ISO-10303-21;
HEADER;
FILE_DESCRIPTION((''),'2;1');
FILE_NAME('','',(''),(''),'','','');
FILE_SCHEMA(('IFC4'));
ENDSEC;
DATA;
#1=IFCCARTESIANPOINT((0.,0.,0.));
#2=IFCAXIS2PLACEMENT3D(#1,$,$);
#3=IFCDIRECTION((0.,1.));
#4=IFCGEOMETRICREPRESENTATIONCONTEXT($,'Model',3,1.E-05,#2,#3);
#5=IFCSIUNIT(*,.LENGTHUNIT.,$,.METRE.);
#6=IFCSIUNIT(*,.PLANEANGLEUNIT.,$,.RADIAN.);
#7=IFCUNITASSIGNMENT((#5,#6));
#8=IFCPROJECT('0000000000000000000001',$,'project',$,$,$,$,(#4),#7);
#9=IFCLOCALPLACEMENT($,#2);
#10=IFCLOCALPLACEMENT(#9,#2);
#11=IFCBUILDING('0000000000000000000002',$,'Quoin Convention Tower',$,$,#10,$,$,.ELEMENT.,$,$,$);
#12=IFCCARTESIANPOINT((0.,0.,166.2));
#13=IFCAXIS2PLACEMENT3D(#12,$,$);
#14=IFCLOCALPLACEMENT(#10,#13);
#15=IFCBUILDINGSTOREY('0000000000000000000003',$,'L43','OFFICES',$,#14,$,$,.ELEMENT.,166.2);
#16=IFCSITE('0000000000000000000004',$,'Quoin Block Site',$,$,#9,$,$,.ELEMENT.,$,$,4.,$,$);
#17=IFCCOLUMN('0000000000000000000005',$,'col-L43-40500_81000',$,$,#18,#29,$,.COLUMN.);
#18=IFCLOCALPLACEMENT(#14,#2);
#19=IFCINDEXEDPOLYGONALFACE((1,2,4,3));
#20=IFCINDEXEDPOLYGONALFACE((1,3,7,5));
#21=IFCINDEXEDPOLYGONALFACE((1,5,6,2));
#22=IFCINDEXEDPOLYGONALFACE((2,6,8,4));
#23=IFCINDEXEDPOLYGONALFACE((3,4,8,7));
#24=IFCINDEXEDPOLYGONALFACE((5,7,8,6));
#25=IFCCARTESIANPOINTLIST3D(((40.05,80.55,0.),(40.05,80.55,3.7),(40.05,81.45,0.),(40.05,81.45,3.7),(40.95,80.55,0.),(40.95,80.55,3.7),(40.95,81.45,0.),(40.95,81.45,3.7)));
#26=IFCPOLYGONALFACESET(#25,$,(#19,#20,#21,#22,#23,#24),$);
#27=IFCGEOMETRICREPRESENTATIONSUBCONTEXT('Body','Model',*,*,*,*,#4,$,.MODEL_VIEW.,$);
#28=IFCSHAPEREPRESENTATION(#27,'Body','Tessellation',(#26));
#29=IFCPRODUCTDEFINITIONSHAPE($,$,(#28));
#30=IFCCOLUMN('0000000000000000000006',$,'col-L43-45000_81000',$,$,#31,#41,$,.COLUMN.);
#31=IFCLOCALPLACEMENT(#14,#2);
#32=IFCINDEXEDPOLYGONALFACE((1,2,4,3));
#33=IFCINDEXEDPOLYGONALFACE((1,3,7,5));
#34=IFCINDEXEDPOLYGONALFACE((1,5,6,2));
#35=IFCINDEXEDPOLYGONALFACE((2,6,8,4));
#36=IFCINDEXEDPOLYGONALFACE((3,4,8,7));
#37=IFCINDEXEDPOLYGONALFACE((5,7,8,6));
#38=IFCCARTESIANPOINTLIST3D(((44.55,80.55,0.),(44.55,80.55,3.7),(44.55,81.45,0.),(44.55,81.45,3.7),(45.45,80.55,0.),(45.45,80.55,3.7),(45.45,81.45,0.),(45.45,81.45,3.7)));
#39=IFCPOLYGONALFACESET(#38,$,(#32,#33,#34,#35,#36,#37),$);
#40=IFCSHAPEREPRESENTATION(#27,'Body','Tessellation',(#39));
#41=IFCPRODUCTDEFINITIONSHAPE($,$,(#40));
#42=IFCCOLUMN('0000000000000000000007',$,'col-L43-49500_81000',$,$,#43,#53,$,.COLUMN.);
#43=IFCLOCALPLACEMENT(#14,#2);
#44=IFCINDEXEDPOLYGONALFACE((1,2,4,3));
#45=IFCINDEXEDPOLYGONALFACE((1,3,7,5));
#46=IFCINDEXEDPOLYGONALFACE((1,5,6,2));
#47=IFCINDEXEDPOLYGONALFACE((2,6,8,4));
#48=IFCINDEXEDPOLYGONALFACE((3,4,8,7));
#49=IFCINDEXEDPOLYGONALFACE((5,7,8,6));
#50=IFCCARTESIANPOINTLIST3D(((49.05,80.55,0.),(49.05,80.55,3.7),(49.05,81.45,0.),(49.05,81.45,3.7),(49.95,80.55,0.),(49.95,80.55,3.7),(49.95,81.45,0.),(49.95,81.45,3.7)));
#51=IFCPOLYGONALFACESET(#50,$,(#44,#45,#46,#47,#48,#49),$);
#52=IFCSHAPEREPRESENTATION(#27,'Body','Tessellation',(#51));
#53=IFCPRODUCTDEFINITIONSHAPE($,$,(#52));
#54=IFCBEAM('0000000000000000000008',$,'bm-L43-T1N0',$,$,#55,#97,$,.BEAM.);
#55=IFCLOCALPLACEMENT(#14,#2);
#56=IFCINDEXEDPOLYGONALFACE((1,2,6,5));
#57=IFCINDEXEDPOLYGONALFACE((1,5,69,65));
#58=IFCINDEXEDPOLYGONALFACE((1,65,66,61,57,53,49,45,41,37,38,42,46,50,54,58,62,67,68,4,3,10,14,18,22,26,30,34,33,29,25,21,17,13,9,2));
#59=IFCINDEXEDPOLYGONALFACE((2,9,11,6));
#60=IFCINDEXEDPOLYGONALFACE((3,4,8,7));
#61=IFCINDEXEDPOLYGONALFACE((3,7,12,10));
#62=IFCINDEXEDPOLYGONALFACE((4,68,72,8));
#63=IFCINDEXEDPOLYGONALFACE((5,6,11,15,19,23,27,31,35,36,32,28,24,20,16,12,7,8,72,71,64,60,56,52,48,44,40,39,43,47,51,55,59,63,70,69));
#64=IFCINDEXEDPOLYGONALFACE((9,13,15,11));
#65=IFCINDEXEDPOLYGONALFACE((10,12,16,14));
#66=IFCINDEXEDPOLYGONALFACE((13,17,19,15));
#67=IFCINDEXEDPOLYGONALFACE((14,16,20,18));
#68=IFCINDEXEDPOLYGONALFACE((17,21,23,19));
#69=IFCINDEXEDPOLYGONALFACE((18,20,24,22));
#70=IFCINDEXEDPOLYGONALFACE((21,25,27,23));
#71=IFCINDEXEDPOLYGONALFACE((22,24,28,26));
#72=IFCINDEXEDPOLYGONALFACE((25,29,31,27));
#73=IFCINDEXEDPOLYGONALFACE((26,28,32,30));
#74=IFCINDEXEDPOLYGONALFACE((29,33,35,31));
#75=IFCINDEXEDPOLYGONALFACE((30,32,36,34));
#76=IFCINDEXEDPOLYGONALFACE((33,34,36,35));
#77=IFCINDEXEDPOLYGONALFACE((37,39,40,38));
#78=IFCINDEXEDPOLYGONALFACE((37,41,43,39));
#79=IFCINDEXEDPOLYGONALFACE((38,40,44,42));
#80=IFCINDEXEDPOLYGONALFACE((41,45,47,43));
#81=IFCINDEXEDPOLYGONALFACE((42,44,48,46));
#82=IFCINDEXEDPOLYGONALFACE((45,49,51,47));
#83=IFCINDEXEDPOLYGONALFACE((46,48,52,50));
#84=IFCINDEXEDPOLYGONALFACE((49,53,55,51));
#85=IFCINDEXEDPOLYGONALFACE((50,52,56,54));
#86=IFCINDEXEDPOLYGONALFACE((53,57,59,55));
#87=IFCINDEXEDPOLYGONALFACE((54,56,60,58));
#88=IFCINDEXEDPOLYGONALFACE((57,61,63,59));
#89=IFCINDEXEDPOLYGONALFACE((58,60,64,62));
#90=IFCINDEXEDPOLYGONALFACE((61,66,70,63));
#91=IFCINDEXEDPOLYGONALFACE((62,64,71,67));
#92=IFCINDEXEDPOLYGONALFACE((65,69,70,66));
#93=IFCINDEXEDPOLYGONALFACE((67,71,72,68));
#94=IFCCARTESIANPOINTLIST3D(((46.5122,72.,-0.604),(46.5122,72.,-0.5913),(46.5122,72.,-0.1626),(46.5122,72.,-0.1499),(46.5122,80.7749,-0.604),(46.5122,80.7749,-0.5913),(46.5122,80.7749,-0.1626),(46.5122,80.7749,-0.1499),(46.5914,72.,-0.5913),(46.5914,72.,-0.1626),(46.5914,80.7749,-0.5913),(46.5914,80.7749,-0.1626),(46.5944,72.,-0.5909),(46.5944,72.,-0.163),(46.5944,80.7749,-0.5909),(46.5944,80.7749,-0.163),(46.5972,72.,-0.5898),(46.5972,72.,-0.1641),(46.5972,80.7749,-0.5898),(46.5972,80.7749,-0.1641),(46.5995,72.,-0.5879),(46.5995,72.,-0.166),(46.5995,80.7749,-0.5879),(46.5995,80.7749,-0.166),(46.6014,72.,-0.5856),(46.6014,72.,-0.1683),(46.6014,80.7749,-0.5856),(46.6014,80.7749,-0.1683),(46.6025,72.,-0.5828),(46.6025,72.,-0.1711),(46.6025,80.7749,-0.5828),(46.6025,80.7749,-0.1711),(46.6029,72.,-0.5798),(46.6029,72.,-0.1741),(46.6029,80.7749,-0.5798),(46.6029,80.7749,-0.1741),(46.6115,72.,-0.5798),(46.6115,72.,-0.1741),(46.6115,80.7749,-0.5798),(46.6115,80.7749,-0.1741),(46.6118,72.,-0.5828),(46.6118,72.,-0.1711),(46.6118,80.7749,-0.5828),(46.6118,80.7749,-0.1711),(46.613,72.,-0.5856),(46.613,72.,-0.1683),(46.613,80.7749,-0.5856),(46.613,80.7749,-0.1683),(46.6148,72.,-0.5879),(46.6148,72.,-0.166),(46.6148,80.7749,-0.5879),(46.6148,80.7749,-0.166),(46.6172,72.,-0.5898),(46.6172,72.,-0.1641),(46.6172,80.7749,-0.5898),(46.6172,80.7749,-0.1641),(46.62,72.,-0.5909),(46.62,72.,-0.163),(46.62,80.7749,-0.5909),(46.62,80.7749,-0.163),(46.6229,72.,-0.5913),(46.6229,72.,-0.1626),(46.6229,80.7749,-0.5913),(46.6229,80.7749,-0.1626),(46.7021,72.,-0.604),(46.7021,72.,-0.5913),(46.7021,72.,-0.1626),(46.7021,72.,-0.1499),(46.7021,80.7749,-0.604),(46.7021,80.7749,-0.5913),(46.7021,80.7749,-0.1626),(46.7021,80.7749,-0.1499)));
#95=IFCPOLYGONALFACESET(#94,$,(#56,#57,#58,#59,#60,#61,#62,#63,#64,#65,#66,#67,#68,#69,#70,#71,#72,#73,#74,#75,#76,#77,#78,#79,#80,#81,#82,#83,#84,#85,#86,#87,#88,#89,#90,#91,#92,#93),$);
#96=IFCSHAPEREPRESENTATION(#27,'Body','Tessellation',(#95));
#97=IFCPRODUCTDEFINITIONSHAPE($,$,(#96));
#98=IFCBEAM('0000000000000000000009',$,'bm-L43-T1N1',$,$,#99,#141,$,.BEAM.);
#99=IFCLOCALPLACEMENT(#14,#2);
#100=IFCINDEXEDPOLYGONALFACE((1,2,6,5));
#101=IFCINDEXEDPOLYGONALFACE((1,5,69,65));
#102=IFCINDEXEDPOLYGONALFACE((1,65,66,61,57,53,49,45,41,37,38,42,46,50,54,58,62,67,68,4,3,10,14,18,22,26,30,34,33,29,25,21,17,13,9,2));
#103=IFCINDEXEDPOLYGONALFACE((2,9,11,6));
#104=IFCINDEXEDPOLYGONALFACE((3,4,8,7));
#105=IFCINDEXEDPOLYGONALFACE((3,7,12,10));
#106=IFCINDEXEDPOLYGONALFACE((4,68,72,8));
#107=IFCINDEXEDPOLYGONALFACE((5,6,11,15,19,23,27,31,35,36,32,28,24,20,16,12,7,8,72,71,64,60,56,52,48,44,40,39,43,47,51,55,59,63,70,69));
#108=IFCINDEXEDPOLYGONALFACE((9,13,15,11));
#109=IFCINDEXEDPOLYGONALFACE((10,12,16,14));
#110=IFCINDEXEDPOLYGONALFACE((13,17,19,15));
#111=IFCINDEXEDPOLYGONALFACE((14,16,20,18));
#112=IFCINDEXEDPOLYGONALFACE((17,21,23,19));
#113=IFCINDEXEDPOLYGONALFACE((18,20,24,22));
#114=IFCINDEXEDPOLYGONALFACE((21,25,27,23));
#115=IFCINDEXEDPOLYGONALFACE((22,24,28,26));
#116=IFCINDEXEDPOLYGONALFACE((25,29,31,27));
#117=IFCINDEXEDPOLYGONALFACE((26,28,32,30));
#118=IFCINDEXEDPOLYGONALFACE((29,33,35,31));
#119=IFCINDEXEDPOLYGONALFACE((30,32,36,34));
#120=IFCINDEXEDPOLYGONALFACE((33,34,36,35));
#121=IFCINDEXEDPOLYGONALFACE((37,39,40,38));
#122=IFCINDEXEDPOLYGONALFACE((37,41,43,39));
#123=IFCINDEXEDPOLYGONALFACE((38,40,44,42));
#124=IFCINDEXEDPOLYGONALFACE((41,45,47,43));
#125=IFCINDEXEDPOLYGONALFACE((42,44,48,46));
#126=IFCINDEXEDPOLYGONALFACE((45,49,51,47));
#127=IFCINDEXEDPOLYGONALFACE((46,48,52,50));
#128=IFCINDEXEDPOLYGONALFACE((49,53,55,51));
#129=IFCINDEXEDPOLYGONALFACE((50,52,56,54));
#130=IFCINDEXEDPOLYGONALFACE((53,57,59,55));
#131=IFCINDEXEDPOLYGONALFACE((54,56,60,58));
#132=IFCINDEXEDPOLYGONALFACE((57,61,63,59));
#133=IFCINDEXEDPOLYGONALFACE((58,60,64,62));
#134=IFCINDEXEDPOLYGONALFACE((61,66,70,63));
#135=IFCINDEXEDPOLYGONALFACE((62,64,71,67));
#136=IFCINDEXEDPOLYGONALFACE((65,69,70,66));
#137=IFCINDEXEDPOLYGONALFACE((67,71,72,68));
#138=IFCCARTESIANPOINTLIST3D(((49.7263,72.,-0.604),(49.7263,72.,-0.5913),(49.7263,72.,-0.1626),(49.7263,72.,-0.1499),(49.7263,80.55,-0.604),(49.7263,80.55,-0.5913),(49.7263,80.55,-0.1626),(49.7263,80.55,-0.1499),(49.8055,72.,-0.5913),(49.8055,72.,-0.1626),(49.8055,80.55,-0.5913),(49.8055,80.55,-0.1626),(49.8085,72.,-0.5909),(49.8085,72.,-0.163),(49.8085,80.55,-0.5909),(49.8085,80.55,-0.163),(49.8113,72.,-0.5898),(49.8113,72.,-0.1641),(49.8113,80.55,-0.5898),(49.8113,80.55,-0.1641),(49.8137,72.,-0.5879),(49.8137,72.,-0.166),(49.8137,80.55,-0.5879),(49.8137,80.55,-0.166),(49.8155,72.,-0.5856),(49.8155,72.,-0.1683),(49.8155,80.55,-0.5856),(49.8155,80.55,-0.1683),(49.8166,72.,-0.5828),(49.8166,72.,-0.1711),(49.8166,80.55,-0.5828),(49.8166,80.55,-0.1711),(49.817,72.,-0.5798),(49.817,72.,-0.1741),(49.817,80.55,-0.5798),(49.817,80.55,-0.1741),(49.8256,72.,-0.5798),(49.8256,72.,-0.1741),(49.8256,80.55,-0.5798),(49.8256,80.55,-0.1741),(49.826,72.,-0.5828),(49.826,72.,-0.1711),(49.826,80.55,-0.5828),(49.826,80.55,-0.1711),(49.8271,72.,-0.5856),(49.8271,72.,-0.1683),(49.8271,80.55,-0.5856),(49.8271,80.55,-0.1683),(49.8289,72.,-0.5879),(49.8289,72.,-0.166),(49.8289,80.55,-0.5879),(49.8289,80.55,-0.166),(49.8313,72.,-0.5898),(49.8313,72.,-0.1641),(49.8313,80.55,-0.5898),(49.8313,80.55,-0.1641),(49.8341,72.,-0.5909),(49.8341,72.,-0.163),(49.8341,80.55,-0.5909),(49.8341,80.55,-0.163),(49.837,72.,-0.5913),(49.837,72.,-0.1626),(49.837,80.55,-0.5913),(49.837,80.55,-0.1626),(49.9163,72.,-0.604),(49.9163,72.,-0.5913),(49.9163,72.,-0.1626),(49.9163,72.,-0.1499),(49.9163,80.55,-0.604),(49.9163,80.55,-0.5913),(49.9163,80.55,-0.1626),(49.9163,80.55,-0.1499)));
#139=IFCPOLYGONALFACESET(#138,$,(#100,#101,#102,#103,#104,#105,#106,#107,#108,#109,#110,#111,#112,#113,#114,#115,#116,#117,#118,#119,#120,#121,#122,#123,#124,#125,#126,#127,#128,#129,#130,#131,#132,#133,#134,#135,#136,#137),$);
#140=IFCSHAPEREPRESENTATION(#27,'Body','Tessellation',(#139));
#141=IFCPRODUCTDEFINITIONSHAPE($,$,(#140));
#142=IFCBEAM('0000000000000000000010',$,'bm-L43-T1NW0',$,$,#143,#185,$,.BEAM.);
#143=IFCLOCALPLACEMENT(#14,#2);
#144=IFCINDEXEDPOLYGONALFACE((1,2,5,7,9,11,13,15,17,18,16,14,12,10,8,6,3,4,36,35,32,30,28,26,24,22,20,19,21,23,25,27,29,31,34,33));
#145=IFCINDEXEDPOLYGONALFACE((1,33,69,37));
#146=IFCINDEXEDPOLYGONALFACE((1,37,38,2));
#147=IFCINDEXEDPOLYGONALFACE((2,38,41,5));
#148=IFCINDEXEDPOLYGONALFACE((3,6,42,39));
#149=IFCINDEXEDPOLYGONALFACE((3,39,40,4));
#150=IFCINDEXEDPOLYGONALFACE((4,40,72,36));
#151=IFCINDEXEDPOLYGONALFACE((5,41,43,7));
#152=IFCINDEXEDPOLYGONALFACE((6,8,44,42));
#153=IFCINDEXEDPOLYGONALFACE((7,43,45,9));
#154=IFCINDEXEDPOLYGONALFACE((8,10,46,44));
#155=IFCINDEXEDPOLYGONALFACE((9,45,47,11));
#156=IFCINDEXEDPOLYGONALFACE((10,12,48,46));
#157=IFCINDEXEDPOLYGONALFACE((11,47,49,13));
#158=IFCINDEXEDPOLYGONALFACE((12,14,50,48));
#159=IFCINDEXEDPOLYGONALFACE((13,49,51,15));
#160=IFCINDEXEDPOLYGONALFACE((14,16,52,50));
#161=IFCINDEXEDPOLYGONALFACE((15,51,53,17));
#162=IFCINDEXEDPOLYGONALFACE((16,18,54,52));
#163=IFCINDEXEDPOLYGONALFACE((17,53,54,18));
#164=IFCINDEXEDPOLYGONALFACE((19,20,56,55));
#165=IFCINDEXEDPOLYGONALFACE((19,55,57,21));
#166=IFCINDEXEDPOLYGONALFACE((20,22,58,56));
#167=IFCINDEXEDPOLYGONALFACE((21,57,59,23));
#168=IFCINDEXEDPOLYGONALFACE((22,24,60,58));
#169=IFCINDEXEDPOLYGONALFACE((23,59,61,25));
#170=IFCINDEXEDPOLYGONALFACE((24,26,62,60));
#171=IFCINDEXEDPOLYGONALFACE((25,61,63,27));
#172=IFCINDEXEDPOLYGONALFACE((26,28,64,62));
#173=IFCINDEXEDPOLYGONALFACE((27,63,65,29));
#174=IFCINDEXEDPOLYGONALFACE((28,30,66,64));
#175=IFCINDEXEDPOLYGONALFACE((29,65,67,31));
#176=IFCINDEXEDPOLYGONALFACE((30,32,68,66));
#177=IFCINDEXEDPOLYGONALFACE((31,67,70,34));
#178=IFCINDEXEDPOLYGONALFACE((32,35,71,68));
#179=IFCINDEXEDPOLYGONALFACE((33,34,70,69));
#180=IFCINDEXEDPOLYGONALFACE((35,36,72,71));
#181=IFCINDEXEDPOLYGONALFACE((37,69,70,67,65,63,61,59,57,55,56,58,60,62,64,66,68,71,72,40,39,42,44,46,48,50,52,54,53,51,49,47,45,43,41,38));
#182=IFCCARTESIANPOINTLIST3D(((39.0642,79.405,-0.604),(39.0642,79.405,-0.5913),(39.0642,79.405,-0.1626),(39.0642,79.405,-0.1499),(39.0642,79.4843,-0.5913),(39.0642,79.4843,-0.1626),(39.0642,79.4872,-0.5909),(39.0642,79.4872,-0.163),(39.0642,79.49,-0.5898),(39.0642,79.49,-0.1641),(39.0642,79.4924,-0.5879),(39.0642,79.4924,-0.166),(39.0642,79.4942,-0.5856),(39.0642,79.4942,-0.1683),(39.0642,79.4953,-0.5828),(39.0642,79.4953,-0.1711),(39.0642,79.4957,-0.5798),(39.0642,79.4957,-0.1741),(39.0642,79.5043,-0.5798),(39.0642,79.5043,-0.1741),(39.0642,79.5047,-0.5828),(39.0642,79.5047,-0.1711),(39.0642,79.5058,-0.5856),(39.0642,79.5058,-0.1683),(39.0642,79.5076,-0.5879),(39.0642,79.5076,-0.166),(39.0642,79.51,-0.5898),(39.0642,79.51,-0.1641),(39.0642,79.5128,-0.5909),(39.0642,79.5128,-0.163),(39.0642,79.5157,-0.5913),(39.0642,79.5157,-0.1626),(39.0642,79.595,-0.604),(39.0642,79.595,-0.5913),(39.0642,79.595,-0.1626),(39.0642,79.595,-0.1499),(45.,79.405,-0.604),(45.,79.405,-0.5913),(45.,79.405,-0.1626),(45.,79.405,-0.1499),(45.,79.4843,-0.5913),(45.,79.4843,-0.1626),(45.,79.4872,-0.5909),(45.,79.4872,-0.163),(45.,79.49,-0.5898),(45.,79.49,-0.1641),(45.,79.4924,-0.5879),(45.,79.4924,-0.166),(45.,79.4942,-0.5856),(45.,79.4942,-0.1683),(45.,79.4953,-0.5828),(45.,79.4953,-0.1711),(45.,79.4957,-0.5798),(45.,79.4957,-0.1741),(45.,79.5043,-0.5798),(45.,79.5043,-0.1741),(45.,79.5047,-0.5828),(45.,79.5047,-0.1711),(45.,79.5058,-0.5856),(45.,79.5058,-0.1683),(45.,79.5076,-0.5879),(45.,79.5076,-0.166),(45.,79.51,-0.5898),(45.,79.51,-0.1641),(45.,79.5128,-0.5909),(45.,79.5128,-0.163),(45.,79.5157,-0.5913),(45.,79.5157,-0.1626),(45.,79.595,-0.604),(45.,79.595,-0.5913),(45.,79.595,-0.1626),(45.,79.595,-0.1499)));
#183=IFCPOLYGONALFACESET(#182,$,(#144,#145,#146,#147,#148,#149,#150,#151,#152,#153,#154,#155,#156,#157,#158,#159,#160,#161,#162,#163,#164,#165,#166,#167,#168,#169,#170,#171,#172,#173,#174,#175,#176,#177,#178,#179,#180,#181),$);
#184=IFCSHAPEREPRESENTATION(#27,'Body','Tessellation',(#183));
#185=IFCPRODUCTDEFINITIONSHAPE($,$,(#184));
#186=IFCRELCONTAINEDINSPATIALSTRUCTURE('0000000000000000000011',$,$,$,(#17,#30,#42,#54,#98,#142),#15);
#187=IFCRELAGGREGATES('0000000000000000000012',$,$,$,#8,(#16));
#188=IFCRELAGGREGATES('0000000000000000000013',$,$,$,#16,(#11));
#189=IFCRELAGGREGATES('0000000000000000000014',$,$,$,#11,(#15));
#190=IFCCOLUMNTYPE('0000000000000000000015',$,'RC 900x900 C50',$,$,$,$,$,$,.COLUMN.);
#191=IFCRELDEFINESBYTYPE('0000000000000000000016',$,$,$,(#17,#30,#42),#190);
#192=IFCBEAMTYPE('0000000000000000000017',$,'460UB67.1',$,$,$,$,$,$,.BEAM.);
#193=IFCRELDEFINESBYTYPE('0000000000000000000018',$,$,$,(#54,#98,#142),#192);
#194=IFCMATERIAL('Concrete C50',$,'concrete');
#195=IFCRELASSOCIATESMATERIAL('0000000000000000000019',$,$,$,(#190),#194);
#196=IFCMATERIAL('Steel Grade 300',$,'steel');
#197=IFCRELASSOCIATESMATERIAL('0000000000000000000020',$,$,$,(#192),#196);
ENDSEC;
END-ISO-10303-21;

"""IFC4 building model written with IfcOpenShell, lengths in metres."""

from ifc_helpers import new_model, si_unit, direction, frame, origin, origin_2d, place, context, subcontext, project, spatial, rectangle, i_section, extrude, material, material_profile, profile_set, type_object, element, save


model = new_model("IFC4")

# Units and contexts
model_context = context("Model", 3, precision=1e-05, world=origin(), true_north=direction((0.0, 1.0)))
body_context = subcontext(model_context, "Body", "Model", "MODEL_VIEW")
ifc_project = project(units=[si_unit("LENGTHUNIT", "METRE"), si_unit("PLANEANGLEUNIT", "RADIAN")], contexts=[model_context])

# Site, building, storey
site_placement = place(None, origin())
site = spatial("IfcSite", under=ifc_project, at=site_placement, Name="Quoin Block Site", CompositionType="ELEMENT", RefElevation=4.0)
building_placement = place(site_placement, origin())
building = spatial("IfcBuilding", under=site, at=building_placement, Name="Quoin Convention Tower", CompositionType="ELEMENT")
storey_placement = place(building_placement, frame((0.0, 0.0, 166.2)))
storey = spatial("IfcBuildingStorey", under=building, at=storey_placement, Name="L43", Description="OFFICES", CompositionType="ELEMENT", Elevation=166.2)

# Columns
ifc_material_1 = material(Name="Concrete C50", Category="concrete")
ifc_material_profile_1 = material_profile(ifc_material_1, rectangle(XDim=0.8999, YDim=0.8999, at=origin_2d()), Name="RC 900x900")
ifc_profile_set_1 = profile_set([ifc_material_profile_1], Name="Concrete C50")
column_type = type_object("IfcColumnType", Name="RC 900x900 C50", PredefinedType="COLUMN", material=ifc_profile_set_1)
for number, where, z_axis, x_axis, name in (
    (1, (40.5, 81.0, 0.0), (0.0, 0.0, 1.0), (1.0, 0.0, 0.0), "col-L43-40500_81000"),
    (2, (45.0, 81.0, 0.0), (0.0, 0.0, 1.0), (1.0, 0.0, 0.0), "col-L43-45000_81000"),
    (3, (49.5, 81.0, 0.0), (0.0, 0.0, 1.0), (1.0, 0.0, 0.0), "col-L43-49500_81000"),
):
    element("IfcColumn", number, at=place(storey_placement, frame(where, z_axis=z_axis, x_axis=x_axis)), inside=storey, type_object=column_type, Name=name, PredefinedType="COLUMN", context=body_context, shape_type="SweptSolid", body=[
        extrude(rectangle(XDim=0.8999, YDim=0.8999, at=origin_2d()), origin(), (0.0, 0.0, 1.0), 3.7),
    ])

# Beams
ifc_material_2 = material(Name="Steel Grade 300", Category="steel")
ifc_material_profile_2 = material_profile(ifc_material_2, i_section(OverallWidth=0.1899, OverallDepth=0.4541, WebThickness=0.0085, FlangeThickness=0.0127, FilletRadius=0.0115, at=origin_2d()), Name="460UB67.1")
ifc_profile_set_2 = profile_set([ifc_material_profile_2], Name="Steel Grade 300")
beam_type_1 = type_object("IfcBeamType", Name="460UB67.1", PredefinedType="BEAM", material=ifc_profile_set_2)
beam_1_placement = place(storey_placement, frame((46.6072, 72.0, -0.377), z_axis=(0.0, 1.0, 0.0), x_axis=(-1.0, 0.0, 0.0)))
element("IfcBeam", 4, at=beam_1_placement, inside=storey, type_object=beam_type_1, Name="bm-L43-T1N0", PredefinedType="BEAM", context=body_context, shape_type="SweptSolid", body=[
    extrude(i_section(OverallWidth=0.1899, OverallDepth=0.4541, WebThickness=0.0085, FlangeThickness=0.0127, FilletRadius=0.0115, at=origin_2d()), origin(), (0.0, 0.0, 1.0), 8.7749),
])
beam_2_placement = place(storey_placement, frame((49.8213, 72.0, -0.377), z_axis=(0.0, 1.0, 0.0), x_axis=(-1.0, 0.0, 0.0)))
element("IfcBeam", 5, at=beam_2_placement, inside=storey, type_object=beam_type_1, Name="bm-L43-T1N1", PredefinedType="BEAM", context=body_context, shape_type="SweptSolid", body=[
    extrude(i_section(OverallWidth=0.1899, OverallDepth=0.4541, WebThickness=0.0085, FlangeThickness=0.0127, FilletRadius=0.0115, at=origin_2d()), origin(), (0.0, 0.0, 1.0), 8.55),
])
beam_3_placement = place(storey_placement, frame((39.0642, 79.5, -0.377), z_axis=(1.0, 0.0, 0.0), x_axis=(0.0, 1.0, 0.0)))
element("IfcBeam", 6, at=beam_3_placement, inside=storey, type_object=beam_type_1, Name="bm-L43-T1NW0", PredefinedType="BEAM", context=body_context, shape_type="SweptSolid", body=[
    extrude(i_section(OverallWidth=0.1899, OverallDepth=0.4541, WebThickness=0.0085, FlangeThickness=0.0127, FilletRadius=0.0115, at=origin_2d()), origin(), (0.0, 0.0, 1.0), 5.9358),
])

save(model, "model.ifc")
